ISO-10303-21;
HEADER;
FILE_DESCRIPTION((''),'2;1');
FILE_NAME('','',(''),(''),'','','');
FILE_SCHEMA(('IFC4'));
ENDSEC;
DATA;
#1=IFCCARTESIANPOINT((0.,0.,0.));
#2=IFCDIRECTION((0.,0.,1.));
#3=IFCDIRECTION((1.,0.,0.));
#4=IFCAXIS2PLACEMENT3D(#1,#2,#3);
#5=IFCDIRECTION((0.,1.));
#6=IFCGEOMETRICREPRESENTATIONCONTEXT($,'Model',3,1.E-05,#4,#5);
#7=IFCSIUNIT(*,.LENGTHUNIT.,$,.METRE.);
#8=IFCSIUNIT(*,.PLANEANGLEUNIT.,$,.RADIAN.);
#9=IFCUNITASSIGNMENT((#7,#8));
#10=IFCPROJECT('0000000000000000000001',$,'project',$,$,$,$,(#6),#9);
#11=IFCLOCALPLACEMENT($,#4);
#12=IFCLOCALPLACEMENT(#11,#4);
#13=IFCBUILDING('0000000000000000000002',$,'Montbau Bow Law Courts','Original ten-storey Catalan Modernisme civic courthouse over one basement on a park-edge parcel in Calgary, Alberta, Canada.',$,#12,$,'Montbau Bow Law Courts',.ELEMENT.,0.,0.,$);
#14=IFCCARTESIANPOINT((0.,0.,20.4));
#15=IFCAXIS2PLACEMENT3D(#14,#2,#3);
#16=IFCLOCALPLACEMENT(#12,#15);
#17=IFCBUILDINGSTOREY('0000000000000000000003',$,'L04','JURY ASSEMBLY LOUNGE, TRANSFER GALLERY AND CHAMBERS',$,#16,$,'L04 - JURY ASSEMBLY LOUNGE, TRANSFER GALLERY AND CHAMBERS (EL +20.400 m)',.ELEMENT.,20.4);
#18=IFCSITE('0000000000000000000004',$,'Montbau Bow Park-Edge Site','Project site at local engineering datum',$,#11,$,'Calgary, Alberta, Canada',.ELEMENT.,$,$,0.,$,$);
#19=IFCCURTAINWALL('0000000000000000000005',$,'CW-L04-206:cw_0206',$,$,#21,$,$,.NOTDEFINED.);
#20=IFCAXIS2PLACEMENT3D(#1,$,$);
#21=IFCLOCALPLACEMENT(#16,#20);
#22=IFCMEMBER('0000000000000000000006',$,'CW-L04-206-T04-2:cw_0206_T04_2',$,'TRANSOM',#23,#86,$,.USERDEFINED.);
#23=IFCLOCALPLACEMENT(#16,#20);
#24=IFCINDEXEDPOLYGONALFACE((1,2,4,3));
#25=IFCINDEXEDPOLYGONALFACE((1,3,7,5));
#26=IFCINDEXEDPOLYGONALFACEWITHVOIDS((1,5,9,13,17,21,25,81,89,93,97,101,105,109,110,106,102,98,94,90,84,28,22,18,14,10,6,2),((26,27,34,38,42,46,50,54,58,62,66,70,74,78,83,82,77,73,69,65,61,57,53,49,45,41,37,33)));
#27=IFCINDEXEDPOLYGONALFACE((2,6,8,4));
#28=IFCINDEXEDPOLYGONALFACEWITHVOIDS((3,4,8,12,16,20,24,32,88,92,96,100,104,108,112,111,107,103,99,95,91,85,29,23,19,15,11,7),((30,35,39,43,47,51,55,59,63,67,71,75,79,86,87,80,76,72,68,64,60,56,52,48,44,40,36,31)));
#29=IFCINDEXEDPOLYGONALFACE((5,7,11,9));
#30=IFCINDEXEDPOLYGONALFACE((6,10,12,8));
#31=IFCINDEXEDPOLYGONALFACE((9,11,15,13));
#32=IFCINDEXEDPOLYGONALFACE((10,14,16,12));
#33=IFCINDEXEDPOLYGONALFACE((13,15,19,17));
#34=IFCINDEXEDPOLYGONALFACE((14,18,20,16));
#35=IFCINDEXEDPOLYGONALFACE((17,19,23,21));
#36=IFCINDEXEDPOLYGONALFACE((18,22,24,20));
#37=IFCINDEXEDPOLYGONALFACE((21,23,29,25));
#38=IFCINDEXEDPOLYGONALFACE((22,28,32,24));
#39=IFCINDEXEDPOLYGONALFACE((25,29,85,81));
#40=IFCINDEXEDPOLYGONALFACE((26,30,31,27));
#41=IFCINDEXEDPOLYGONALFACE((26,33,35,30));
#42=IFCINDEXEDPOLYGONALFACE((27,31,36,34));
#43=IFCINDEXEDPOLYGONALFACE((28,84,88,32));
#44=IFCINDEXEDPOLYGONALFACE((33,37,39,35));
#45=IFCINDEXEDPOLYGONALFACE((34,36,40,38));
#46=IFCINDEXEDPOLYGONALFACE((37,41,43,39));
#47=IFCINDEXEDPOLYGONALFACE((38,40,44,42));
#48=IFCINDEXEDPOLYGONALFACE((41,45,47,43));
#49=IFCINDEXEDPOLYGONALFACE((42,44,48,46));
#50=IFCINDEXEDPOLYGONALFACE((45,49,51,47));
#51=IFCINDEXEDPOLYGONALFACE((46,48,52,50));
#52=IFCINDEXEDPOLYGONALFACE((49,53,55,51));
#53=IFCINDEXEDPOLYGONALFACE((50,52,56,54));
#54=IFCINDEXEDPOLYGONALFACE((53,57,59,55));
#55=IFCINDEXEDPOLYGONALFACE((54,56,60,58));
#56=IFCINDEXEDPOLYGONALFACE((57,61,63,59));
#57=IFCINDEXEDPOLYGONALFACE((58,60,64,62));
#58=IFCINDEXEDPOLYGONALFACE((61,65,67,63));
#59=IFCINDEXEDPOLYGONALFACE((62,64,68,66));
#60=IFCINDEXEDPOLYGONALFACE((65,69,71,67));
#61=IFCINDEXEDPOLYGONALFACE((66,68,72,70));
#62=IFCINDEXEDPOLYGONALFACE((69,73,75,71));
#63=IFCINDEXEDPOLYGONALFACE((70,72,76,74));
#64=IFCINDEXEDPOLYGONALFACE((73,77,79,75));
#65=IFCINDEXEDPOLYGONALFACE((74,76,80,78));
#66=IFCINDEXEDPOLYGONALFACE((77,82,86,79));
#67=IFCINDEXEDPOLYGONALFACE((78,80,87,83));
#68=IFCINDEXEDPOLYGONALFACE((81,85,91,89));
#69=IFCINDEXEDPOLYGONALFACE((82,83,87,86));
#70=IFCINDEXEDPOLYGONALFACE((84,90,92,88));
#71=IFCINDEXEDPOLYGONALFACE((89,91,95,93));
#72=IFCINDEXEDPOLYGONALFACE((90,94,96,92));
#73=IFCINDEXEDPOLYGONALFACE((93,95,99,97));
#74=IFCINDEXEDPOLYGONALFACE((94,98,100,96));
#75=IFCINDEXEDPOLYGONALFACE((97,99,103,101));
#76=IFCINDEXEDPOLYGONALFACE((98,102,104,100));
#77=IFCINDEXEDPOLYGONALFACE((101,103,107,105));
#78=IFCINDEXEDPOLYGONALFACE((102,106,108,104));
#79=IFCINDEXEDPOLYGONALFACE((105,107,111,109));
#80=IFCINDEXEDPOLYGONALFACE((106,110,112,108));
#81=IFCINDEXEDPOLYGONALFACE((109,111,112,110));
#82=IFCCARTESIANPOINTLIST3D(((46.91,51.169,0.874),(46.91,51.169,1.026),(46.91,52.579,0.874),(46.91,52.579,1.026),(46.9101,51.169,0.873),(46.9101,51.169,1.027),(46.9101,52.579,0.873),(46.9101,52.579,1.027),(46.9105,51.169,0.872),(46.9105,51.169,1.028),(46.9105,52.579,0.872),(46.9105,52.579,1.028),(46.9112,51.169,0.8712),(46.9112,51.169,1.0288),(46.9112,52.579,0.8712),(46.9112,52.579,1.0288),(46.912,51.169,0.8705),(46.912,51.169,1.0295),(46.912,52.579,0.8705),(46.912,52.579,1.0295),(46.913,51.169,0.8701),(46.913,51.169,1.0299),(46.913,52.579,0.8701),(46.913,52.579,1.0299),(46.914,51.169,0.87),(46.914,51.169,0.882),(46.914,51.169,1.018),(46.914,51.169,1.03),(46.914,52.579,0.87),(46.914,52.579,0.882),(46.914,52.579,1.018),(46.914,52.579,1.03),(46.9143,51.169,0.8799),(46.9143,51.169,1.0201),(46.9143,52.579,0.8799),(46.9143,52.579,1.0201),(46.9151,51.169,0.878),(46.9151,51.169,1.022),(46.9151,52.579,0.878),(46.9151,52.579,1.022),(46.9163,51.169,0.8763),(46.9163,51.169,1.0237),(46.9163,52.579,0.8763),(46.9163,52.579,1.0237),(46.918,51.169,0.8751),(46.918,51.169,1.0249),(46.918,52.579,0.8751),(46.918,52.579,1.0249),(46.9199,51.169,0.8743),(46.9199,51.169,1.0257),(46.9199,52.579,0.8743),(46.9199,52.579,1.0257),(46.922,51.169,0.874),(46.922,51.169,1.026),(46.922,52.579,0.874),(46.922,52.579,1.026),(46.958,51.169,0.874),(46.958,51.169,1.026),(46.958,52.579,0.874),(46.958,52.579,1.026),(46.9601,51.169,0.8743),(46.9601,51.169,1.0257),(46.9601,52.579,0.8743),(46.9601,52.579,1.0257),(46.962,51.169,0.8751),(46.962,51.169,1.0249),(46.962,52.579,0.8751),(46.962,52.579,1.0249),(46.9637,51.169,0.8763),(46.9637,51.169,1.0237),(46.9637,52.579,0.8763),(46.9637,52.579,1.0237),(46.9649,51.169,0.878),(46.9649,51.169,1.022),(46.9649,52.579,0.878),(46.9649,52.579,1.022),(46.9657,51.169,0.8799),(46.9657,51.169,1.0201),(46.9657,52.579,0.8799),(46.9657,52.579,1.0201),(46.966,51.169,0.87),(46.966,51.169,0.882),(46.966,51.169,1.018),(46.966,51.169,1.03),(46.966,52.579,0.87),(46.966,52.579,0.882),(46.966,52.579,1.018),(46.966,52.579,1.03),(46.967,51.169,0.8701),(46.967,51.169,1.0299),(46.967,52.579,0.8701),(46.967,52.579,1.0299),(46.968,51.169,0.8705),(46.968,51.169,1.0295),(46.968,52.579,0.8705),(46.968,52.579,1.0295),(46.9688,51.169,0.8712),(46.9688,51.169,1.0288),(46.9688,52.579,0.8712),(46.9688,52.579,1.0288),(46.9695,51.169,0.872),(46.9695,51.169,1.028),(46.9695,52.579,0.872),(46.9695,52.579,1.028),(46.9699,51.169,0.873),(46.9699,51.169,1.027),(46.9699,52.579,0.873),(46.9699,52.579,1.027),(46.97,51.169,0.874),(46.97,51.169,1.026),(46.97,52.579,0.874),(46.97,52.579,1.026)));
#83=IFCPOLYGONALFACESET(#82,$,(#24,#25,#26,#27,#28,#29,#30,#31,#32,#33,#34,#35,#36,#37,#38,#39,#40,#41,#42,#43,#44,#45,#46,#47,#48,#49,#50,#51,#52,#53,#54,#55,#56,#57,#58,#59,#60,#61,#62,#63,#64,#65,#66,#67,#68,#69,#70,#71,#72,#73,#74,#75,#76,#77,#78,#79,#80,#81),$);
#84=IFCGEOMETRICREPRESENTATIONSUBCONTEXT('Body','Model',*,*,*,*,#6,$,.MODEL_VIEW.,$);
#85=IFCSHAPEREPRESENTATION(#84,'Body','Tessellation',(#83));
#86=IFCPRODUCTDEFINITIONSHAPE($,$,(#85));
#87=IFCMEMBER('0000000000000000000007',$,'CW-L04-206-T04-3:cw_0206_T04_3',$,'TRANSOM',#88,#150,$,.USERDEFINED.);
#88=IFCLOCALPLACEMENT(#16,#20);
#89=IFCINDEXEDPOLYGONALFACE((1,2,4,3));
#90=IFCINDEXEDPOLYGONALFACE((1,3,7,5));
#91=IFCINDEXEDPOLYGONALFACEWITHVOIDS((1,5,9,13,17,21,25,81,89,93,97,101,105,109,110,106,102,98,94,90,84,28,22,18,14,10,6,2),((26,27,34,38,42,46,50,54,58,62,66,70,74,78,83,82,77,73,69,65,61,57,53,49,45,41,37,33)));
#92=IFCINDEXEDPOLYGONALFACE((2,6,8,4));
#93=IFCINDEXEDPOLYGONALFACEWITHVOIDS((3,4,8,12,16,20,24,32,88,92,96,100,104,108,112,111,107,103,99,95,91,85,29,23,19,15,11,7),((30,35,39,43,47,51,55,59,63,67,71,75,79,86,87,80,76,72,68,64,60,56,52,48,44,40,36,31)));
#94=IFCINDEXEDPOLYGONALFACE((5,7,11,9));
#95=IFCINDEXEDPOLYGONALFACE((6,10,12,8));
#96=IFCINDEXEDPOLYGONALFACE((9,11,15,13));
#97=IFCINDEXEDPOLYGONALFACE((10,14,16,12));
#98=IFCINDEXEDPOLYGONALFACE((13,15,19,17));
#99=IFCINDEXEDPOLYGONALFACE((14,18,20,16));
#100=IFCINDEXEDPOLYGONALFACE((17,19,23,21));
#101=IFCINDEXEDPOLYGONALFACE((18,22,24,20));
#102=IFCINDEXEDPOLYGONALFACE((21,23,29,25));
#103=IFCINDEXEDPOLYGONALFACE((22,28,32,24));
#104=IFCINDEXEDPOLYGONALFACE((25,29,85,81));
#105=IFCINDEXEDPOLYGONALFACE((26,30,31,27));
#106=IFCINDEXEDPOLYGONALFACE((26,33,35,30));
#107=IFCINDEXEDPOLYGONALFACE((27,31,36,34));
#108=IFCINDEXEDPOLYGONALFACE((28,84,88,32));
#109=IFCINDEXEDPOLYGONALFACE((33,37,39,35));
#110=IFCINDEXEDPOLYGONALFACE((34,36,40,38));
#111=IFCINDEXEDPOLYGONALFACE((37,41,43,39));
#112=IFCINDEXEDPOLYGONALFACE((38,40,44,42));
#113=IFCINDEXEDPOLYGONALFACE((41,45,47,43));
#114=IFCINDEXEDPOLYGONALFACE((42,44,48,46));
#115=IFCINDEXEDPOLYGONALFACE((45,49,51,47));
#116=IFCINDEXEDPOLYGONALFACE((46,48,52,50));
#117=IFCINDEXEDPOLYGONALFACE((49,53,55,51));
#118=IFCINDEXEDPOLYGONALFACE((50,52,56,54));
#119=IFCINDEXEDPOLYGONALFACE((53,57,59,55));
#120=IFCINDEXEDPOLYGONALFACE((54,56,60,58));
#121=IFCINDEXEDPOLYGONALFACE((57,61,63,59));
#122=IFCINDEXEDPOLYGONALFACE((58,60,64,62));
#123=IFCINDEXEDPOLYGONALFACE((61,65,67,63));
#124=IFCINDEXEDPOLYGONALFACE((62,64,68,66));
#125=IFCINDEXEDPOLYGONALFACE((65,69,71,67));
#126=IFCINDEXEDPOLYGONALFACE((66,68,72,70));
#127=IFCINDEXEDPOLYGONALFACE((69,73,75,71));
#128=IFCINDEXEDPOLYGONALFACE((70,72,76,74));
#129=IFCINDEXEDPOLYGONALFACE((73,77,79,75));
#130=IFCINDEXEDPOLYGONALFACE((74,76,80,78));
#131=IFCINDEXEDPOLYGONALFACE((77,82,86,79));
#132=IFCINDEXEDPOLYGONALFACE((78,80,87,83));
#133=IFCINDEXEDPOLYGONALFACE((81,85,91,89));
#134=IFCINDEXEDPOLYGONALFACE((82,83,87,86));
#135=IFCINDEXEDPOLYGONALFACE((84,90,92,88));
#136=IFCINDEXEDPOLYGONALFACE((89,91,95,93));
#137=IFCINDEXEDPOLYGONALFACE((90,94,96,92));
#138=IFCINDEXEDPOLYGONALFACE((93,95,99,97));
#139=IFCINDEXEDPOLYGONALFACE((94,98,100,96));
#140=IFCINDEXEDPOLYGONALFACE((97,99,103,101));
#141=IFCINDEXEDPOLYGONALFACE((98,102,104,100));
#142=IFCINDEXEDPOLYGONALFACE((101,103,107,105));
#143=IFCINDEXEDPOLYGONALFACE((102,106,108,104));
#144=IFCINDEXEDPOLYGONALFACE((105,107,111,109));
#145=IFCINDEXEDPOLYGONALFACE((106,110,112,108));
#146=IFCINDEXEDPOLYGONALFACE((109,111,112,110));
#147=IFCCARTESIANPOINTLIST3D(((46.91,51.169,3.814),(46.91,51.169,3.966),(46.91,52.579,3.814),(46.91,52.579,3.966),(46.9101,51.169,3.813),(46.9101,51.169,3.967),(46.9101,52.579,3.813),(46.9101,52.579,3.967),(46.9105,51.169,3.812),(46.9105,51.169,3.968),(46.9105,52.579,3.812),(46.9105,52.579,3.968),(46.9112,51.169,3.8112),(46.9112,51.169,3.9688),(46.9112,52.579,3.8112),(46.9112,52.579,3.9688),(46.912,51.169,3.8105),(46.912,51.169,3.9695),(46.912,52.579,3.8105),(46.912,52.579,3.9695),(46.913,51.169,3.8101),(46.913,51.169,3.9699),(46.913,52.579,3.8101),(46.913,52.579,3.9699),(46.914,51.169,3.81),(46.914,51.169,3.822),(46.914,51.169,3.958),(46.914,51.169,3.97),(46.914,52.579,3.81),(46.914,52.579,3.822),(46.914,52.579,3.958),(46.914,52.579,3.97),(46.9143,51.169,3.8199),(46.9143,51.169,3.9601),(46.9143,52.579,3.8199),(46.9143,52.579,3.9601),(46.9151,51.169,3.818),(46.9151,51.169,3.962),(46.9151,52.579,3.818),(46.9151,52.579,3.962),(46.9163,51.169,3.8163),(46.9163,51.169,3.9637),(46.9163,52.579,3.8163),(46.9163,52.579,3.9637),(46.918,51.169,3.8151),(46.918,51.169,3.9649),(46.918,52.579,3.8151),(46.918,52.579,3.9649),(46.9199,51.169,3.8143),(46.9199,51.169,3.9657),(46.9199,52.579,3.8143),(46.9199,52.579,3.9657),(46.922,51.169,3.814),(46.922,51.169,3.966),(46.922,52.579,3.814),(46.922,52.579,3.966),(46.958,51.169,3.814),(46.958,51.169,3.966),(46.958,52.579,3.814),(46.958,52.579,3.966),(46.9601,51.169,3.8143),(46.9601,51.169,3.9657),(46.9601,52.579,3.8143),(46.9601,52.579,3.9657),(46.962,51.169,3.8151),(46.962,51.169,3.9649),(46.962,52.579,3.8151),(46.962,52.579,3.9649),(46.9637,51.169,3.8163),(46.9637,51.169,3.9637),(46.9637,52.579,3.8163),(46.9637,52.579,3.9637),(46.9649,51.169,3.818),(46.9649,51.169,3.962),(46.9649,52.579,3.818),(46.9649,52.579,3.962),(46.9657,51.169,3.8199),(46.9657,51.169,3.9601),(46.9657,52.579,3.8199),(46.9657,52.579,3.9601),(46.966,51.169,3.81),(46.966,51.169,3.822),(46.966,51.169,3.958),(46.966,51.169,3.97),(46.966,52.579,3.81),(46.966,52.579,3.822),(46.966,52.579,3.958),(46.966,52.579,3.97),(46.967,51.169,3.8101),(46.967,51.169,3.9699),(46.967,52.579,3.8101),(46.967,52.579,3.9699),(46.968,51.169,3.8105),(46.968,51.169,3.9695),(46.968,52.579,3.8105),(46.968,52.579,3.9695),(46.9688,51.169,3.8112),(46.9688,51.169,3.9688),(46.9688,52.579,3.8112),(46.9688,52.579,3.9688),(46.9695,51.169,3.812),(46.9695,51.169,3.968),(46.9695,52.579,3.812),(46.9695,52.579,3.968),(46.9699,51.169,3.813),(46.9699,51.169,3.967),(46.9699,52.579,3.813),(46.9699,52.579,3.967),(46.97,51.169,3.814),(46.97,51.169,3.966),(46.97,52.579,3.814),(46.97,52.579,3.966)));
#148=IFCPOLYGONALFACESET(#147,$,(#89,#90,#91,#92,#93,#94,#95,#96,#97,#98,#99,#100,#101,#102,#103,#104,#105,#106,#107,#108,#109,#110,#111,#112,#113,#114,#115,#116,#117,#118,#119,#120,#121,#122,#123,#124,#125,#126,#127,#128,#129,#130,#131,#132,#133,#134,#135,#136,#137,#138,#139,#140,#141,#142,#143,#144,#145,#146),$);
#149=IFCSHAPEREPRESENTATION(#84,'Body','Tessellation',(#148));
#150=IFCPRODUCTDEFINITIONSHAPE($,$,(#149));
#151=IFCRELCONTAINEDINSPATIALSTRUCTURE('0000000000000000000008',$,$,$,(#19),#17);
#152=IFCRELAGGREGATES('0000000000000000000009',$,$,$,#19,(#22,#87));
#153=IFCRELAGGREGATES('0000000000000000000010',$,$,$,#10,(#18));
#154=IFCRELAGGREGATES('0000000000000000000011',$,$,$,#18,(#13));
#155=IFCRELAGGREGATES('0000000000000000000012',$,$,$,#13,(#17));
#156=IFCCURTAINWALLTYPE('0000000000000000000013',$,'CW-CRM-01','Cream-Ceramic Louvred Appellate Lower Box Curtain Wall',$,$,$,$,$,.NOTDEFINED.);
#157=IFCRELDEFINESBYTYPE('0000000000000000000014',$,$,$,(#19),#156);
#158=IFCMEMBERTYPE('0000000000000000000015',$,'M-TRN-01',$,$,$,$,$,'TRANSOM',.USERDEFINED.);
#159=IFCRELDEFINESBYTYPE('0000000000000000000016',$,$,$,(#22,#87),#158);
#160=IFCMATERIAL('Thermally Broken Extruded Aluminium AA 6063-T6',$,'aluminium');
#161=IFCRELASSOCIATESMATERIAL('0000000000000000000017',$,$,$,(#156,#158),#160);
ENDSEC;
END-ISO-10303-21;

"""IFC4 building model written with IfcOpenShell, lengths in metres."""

from ifc_helpers import new_model, si_unit, direction, frame, origin_with_axes, origin_2d_with_axis, place, context, subcontext, project, spatial, hollow_rectangle, extrude, material, material_profile, profile_set, type_object, element, aggregate, save


model = new_model("IFC4")

# Units and contexts
model_context = context("Model", 3, precision=1e-05, world=origin_with_axes(), true_north=direction((0.0, 1.0)))
body_context = subcontext(model_context, "Body", "Model", "MODEL_VIEW")
ifc_project = project(units=[si_unit("LENGTHUNIT", "METRE"), si_unit("PLANEANGLEUNIT", "RADIAN")], contexts=[model_context])

# Site, building, storey
site_placement = place(None, origin_with_axes())
site = spatial("IfcSite", under=ifc_project, at=site_placement, Name="Montbau Bow Park-Edge Site", Description="Project site at local engineering datum", LongName="Calgary, Alberta, Canada", CompositionType="ELEMENT", RefElevation=0.0)
building_placement = place(site_placement, origin_with_axes())
building = spatial("IfcBuilding", under=site, at=building_placement, Name="Montbau Bow Law Courts", Description="Original ten-storey Catalan Modernisme civic courthouse over one basement on a park-edge parcel in Calgary, Alberta, Canada.", LongName="Montbau Bow Law Courts", CompositionType="ELEMENT", ElevationOfRefHeight=0.0, ElevationOfTerrain=0.0)
storey_placement = place(building_placement, frame((0.0, 0.0, 20.4), z_axis=(0.0, 0.0, 1.0), x_axis=(1.0, 0.0, 0.0)))
storey = spatial("IfcBuildingStorey", under=building, at=storey_placement, Name="L04", Description="JURY ASSEMBLY LOUNGE, TRANSFER GALLERY AND CHAMBERS", LongName="L04 - JURY ASSEMBLY LOUNGE, TRANSFER GALLERY AND CHAMBERS (EL +20.400 m)", CompositionType="ELEMENT", Elevation=20.4)

# Curtain wall, members
ifc_material_1 = material(Name="Thermally Broken Extruded Aluminium AA 6063-T6", Category="aluminium")
curtain_wall_type = type_object("IfcCurtainWallType", Name="CW-CRM-01", Description="Cream-Ceramic Louvred Appellate Lower Box Curtain Wall", PredefinedType="NOTDEFINED", material=ifc_material_1)
curtain_wall_1_placement = place(None, frame((46.94, 46.715, 20.4), z_axis=(0.0, 0.0, 1.0), x_axis=(1.0, 0.0, 0.0)))
curtain_wall_1 = element("IfcCurtainWall", 1, at=curtain_wall_1_placement, inside=storey, type_object=curtain_wall_type, Name="CW-L04-206:cw_0206", PredefinedType="NOTDEFINED")
ifc_material_profile_1 = material_profile(ifc_material_1, hollow_rectangle(XDim=0.06, YDim=0.16, WallThickness=0.004, InnerFilletRadius=0.008, OuterFilletRadius=0.004, at=origin_2d_with_axis()), Name="CWT-160X60", Category="Main", Priority=0)
ifc_profile_set_1 = profile_set([ifc_material_profile_1], Name="Thermally Broken Extruded Aluminium AA 6063-T6")
member_type_1 = type_object("IfcMemberType", Name="M-TRN-01", ElementType="TRANSOM", PredefinedType="USERDEFINED", material=ifc_profile_set_1)
member_1_placement = place(None, frame((46.94, 51.169, 21.35), z_axis=(0.0, 1.0, 0.0), x_axis=(-1.0, 0.0, 0.0)))
member_1 = element("IfcMember", 2, at=member_1_placement, type_object=member_type_1, Name="CW-L04-206-T04-2:cw_0206_T04_2", ObjectType="TRANSOM", PredefinedType="USERDEFINED", context=body_context, shape_type="SweptSolid", body=[
    extrude(hollow_rectangle(XDim=0.06, YDim=0.16, WallThickness=0.004, InnerFilletRadius=0.008, OuterFilletRadius=0.004, at=origin_2d_with_axis()), origin_with_axes(), (0.0, 0.0, 1.0), 1.41),
])
member_2_placement = place(None, frame((46.94, 51.169, 24.29), z_axis=(0.0, 1.0, 0.0), x_axis=(-1.0, 0.0, 0.0)))
member_2 = element("IfcMember", 3, at=member_2_placement, type_object=member_type_1, Name="CW-L04-206-T04-3:cw_0206_T04_3", ObjectType="TRANSOM", PredefinedType="USERDEFINED", context=body_context, shape_type="SweptSolid", body=[
    extrude(hollow_rectangle(XDim=0.06, YDim=0.16, WallThickness=0.004, InnerFilletRadius=0.008, OuterFilletRadius=0.004, at=origin_2d_with_axis()), origin_with_axes(), (0.0, 0.0, 1.0), 1.41),
])

aggregate(curtain_wall_1, [member_1, member_2])

save(model, "model.ifc")
